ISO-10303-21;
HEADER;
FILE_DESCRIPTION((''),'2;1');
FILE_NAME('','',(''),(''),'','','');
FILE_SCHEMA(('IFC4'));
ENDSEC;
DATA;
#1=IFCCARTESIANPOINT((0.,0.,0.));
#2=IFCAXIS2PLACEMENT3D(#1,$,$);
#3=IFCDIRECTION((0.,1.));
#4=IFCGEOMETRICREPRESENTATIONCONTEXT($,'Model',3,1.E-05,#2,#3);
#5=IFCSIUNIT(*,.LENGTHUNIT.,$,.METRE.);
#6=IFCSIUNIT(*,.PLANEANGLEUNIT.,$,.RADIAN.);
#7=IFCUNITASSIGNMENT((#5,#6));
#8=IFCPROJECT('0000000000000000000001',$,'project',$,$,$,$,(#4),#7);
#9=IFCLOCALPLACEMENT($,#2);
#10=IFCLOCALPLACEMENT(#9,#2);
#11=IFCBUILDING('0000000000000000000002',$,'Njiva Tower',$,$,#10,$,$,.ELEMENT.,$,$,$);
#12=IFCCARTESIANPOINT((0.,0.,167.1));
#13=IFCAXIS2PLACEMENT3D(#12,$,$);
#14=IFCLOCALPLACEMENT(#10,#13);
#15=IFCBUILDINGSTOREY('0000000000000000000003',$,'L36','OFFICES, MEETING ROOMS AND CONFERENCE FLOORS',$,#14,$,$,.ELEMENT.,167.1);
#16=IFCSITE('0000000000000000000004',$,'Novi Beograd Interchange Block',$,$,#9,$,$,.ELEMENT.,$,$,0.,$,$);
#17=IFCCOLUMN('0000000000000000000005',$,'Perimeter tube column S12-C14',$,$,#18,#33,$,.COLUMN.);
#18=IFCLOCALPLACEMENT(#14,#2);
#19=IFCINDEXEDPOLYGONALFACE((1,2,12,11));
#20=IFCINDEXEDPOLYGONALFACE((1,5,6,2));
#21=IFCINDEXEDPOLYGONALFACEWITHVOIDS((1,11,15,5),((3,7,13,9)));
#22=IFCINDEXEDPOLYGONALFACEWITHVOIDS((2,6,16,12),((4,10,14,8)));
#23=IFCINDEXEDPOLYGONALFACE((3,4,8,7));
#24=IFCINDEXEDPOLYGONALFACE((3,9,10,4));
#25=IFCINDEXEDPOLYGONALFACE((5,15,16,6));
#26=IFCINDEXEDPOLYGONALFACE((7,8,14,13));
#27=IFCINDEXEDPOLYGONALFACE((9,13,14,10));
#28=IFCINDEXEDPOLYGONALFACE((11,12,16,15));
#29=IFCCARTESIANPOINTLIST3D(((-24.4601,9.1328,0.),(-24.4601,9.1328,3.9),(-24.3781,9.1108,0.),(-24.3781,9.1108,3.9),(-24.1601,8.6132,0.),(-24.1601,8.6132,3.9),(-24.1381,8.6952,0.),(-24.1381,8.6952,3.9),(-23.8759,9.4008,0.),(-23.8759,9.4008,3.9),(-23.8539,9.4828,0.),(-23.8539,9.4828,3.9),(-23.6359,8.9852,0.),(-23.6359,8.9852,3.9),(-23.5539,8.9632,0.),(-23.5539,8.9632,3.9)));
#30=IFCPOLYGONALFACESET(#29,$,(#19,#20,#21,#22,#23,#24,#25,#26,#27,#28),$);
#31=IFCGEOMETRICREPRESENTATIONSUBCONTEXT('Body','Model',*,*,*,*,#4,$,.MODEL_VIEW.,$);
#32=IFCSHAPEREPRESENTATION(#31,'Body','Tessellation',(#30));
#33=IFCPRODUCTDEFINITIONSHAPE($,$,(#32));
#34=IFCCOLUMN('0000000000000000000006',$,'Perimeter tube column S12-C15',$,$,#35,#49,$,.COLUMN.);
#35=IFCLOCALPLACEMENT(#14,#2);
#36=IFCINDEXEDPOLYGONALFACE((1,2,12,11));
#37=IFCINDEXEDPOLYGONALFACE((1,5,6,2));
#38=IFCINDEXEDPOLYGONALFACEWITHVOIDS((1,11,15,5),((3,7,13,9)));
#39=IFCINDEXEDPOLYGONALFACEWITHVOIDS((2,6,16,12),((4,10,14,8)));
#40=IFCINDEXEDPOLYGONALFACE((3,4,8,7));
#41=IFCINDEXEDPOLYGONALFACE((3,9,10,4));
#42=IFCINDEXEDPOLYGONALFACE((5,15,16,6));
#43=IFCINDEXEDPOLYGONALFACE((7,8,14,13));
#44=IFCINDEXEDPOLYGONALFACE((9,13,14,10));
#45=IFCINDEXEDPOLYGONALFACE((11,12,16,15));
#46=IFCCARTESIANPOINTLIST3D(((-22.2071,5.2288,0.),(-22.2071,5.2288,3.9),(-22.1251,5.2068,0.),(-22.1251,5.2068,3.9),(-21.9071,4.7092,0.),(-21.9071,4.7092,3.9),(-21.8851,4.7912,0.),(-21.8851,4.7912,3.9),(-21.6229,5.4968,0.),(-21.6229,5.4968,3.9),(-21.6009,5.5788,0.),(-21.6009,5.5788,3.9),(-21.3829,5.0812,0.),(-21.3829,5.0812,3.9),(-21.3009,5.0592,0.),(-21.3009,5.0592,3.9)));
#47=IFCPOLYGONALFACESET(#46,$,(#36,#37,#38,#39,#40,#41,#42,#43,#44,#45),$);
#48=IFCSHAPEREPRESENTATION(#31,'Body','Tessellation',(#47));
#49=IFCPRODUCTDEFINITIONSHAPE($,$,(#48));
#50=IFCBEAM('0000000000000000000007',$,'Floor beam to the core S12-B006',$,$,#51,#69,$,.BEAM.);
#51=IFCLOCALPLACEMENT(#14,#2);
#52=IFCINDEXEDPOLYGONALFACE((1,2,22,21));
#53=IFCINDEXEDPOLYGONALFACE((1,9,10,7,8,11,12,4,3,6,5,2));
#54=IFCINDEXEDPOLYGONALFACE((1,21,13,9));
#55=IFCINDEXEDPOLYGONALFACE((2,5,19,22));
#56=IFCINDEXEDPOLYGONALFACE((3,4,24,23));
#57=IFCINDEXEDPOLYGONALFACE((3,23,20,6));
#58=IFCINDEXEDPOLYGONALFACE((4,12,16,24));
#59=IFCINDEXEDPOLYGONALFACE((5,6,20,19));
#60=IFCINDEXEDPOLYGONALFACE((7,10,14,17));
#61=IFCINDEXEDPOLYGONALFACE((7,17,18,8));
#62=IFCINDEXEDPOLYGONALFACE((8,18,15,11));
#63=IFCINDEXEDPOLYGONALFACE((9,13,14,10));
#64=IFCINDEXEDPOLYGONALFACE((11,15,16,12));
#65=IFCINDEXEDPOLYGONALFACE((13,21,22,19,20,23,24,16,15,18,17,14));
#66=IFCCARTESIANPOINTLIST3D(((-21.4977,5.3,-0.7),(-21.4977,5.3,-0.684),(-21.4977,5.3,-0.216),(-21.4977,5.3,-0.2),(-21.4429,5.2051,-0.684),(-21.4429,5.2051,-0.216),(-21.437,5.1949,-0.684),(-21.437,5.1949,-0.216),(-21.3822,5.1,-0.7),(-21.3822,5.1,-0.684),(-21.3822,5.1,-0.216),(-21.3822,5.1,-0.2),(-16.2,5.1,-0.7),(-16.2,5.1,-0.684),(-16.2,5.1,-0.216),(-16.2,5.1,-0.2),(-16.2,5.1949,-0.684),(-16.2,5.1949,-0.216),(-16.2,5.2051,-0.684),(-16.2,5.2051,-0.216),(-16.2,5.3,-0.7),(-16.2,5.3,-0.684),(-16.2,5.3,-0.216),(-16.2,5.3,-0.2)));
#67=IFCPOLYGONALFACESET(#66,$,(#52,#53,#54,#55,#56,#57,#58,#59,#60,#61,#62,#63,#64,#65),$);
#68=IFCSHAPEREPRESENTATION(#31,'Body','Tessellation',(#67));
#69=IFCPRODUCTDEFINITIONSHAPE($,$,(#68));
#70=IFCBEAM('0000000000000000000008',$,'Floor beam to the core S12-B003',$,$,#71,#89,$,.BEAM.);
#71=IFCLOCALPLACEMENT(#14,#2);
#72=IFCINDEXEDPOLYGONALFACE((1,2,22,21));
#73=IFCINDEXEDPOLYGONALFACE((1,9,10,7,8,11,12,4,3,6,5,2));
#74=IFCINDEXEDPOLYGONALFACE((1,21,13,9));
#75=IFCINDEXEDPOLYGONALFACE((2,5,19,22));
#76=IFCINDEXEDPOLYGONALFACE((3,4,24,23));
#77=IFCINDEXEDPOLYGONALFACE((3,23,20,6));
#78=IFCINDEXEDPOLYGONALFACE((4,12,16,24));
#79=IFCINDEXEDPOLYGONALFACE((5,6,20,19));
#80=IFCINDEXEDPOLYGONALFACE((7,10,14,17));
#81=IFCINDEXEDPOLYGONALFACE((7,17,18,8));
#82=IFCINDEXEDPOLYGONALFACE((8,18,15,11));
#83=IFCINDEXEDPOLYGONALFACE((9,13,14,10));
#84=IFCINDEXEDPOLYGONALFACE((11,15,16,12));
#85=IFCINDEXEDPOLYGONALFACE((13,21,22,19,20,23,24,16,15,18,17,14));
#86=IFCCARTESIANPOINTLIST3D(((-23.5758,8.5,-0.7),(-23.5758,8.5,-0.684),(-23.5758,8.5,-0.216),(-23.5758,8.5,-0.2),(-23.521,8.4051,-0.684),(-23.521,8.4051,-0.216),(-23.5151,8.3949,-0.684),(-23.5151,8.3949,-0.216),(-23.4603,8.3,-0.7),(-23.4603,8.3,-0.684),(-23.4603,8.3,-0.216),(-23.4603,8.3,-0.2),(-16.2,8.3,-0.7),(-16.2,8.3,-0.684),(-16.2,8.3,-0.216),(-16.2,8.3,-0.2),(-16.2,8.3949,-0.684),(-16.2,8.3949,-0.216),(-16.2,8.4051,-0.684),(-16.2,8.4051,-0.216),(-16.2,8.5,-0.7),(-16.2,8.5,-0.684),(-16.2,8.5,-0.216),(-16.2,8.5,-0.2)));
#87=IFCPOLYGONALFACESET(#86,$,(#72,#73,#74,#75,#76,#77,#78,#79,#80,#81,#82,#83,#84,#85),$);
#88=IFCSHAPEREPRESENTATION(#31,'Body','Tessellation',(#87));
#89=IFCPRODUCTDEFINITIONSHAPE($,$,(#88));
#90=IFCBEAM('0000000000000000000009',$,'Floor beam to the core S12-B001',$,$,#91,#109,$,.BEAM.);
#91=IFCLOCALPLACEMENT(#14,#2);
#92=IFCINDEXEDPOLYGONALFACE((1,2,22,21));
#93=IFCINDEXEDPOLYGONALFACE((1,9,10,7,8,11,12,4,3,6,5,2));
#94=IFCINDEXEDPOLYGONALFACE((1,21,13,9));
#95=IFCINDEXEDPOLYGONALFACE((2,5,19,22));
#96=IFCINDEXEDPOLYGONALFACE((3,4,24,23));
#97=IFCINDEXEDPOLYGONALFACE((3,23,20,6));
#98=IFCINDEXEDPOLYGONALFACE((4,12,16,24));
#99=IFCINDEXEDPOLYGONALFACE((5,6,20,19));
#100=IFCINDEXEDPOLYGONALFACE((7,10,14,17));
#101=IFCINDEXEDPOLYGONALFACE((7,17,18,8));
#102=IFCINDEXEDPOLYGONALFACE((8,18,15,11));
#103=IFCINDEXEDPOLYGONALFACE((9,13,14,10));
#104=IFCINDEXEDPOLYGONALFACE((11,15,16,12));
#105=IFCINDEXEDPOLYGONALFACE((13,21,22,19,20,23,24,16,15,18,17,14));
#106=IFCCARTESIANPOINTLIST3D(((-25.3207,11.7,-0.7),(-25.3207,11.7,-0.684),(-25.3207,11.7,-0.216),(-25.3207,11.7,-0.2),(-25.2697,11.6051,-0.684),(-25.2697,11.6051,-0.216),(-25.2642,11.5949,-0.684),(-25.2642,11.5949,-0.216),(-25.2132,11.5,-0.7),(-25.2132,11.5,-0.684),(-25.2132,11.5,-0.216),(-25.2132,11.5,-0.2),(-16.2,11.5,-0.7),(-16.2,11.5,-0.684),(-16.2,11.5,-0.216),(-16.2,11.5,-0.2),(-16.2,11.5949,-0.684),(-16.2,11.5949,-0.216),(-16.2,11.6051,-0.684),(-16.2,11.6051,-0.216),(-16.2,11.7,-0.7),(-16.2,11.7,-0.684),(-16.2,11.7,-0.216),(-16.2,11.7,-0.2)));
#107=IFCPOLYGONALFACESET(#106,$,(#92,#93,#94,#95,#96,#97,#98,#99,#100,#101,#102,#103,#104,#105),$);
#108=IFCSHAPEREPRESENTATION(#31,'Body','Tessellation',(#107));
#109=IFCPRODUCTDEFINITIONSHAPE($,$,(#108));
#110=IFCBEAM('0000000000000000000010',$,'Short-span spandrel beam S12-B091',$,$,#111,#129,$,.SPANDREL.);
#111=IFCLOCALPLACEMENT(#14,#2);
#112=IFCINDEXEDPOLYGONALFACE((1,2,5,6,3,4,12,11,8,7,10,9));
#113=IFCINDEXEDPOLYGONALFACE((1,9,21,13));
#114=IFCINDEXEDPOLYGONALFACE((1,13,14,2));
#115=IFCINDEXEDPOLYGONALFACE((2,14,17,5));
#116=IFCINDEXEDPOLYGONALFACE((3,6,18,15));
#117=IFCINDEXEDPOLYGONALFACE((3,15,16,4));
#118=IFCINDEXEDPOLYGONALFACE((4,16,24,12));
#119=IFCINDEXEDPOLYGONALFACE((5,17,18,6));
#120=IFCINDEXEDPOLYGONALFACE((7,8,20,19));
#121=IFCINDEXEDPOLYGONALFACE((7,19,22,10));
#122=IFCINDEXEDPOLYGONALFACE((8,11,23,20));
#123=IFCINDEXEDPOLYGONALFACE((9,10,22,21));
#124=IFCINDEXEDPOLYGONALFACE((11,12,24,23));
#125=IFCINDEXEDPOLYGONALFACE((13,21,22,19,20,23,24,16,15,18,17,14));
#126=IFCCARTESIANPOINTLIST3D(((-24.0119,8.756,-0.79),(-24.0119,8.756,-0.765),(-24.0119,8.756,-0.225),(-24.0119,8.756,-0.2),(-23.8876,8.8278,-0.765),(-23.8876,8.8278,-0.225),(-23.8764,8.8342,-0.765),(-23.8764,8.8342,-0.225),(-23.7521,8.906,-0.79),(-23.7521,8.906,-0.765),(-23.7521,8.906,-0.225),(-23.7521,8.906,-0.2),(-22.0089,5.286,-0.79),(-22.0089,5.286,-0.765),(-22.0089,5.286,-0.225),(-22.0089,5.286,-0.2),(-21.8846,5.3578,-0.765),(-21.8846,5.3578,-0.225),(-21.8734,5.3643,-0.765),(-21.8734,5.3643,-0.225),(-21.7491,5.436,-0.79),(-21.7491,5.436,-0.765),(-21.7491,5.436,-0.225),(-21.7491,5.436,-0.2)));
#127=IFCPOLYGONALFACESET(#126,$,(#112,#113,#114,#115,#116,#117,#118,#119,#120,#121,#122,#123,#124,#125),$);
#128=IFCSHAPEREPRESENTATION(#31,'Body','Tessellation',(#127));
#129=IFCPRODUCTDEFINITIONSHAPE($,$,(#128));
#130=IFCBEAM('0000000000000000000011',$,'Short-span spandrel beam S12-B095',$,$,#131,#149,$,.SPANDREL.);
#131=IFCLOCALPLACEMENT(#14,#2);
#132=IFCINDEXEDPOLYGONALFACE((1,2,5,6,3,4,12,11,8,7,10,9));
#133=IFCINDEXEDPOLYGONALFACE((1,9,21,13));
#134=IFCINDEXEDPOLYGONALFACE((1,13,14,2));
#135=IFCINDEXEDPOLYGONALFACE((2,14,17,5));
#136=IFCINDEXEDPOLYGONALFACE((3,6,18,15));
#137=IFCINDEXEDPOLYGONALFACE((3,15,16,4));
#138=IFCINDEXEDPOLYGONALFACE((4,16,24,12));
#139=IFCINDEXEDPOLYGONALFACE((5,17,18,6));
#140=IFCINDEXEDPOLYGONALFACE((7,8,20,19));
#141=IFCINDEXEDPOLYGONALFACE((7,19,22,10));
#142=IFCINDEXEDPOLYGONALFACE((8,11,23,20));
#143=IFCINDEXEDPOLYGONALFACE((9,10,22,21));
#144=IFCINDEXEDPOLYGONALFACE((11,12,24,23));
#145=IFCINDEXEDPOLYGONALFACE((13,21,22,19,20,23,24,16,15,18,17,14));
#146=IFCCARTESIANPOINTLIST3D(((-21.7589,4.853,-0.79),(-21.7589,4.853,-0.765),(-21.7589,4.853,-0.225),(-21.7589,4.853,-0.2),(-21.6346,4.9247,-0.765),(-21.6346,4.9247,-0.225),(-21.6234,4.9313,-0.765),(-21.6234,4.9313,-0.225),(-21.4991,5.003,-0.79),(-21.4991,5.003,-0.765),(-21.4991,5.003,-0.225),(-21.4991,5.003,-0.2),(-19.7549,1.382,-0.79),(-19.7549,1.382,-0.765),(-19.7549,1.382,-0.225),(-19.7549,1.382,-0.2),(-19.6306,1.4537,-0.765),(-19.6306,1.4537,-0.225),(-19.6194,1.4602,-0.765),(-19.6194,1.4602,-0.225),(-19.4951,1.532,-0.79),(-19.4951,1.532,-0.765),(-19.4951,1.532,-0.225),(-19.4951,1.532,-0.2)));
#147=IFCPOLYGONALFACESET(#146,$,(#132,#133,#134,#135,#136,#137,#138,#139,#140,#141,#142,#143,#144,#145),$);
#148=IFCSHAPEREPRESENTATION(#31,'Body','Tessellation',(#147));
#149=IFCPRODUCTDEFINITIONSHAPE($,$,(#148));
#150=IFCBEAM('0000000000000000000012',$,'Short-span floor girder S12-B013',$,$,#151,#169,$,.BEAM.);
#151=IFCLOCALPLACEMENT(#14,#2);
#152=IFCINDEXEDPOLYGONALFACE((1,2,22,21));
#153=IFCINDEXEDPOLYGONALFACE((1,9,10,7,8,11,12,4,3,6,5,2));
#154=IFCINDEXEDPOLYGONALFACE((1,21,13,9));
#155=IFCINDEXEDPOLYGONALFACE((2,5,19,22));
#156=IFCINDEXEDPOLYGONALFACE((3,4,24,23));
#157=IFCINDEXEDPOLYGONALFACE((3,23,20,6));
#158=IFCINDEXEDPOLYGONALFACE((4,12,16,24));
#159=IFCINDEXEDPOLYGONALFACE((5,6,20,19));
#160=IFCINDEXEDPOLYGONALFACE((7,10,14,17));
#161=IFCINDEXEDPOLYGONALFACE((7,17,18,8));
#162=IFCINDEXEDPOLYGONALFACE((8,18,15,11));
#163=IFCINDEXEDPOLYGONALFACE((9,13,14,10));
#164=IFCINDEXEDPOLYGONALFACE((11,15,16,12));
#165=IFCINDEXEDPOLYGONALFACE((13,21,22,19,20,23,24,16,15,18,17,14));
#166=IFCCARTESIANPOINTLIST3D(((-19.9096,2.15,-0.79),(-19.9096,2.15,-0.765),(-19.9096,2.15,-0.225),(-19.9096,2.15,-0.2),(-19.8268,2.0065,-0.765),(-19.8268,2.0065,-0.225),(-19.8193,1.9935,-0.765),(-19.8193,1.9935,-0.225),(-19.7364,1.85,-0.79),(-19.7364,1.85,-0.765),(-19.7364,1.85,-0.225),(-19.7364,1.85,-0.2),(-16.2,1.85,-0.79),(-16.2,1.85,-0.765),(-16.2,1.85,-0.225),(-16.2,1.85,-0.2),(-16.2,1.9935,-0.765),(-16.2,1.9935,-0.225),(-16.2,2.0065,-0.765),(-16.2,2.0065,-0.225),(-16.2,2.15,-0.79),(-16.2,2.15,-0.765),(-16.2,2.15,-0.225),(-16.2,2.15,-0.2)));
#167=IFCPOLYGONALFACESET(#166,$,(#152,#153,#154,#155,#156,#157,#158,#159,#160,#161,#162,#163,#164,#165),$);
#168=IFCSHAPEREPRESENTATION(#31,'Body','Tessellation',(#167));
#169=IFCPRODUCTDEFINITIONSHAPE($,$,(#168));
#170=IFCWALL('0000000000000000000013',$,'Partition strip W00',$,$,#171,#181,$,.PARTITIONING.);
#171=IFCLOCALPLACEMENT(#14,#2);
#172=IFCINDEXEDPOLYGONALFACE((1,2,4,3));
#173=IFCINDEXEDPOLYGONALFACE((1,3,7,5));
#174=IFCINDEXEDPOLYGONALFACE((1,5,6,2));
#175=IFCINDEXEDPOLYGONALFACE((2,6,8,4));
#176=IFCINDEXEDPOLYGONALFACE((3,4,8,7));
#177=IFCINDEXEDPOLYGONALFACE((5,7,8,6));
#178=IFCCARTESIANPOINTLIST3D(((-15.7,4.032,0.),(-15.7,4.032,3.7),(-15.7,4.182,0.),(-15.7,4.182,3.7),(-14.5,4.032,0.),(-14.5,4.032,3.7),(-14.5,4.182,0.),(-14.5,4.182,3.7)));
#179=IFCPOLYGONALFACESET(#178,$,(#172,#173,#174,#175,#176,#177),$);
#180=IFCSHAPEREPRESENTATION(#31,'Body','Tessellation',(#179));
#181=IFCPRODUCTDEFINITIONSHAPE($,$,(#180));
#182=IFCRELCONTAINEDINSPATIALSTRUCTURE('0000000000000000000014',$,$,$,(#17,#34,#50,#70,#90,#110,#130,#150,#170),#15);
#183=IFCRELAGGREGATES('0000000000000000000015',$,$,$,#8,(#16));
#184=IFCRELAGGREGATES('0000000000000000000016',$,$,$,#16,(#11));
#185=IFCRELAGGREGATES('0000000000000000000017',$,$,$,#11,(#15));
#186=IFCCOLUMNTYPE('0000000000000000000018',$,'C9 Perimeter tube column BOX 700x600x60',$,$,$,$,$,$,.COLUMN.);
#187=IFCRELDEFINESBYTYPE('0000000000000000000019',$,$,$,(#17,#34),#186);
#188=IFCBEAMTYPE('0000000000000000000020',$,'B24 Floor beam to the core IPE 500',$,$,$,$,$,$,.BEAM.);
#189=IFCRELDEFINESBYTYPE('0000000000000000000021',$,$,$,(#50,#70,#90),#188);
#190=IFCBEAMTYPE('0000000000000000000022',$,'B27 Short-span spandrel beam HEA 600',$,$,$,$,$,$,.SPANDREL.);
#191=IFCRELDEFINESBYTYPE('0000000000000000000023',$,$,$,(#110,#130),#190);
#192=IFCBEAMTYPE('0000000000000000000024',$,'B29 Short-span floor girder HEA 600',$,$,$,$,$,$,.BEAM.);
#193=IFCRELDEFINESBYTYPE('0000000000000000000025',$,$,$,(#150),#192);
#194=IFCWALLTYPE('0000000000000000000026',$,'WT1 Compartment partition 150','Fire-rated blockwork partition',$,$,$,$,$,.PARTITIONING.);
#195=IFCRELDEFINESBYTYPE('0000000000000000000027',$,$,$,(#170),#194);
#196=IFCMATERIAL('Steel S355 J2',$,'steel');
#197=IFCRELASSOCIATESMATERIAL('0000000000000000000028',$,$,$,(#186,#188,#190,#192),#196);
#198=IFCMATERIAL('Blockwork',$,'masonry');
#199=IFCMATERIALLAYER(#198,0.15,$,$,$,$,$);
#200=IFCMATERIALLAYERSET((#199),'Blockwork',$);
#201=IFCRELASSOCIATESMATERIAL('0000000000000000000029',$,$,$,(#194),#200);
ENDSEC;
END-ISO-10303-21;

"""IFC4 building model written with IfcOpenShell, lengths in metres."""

from ifc_helpers import new_model, si_unit, direction, frame, frame_2d, origin, origin_2d, place, context, subcontext, project, spatial, rectangle, hollow_rectangle, i_section, extrude, clip, halfspace, material, layer, layer_set, material_profile, profile_set, type_object, element, save


model = new_model("IFC4")

# Units and contexts
model_context = context("Model", 3, precision=1e-05, world=origin(), true_north=direction((0.0, 1.0)))
body_context = subcontext(model_context, "Body", "Model", "MODEL_VIEW")
ifc_project = project(units=[si_unit("LENGTHUNIT", "METRE"), si_unit("PLANEANGLEUNIT", "RADIAN")], contexts=[model_context])

# Site, building, storey
site_placement = place(None, origin())
site = spatial("IfcSite", under=ifc_project, at=site_placement, Name="Novi Beograd Interchange Block", CompositionType="ELEMENT", RefElevation=0.0)
building_placement = place(site_placement, origin())
building = spatial("IfcBuilding", under=site, at=building_placement, Name="Njiva Tower", CompositionType="ELEMENT")
storey_placement = place(building_placement, frame((0.0, 0.0, 167.1)))
storey = spatial("IfcBuildingStorey", under=building, at=storey_placement, Name="L36", Description="OFFICES, MEETING ROOMS AND CONFERENCE FLOORS", CompositionType="ELEMENT", Elevation=167.1)

# Columns
ifc_material_1 = material(Name="Steel S355 J2", Category="steel")
ifc_material_profile_1 = material_profile(ifc_material_1, hollow_rectangle(XDim=0.6, YDim=0.7, WallThickness=0.06, at=origin_2d()), Name="BOX 700x600x60")
ifc_profile_set_1 = profile_set([ifc_material_profile_1], Name="Steel S355 J2")
column_type = type_object("IfcColumnType", Name="C9 Perimeter tube column BOX 700x600x60", PredefinedType="COLUMN", material=ifc_profile_set_1)
for number, where, z_axis, x_axis, name in (
    (1, (-24.007, 9.048, 0.0), (0.0, 0.0, 1.0), (0.5, -0.866025, 0.0), "Perimeter tube column S12-C14"),
    (2, (-21.754, 5.144, 0.0), (0.0, 0.0, 1.0), (0.5, -0.866025, 0.0), "Perimeter tube column S12-C15"),
):
    element("IfcColumn", number, at=place(storey_placement, frame(where, z_axis=z_axis, x_axis=x_axis)), inside=storey, type_object=column_type, Name=name, PredefinedType="COLUMN", context=body_context, shape_type="SweptSolid", body=[
        extrude(hollow_rectangle(XDim=0.6, YDim=0.7, WallThickness=0.06, at=origin_2d()), origin(), (0.0, 0.0, 1.0), 3.9),
    ])

# Beams
ifc_material_profile_2 = material_profile(ifc_material_1, i_section(OverallWidth=0.2, OverallDepth=0.5, WebThickness=0.0102, FlangeThickness=0.016, at=origin_2d()), Name="IPE 500")
ifc_profile_set_2 = profile_set([ifc_material_profile_2], Name="Steel S355 J2")
beam_type_1 = type_object("IfcBeamType", Name="B24 Floor beam to the core IPE 500", PredefinedType="BEAM", material=ifc_profile_set_2)
beam_1_placement = place(storey_placement, frame((-21.518, 5.2, -0.45), z_axis=(1.0, 0.0, 0.0), x_axis=(0.0, 1.0, 0.0)))
element("IfcBeam", 3, at=beam_1_placement, inside=storey, type_object=beam_type_1, Name="Floor beam to the core S12-B006", PredefinedType="BEAM", context=body_context, shape_type="Clipping", body=[
    clip(extrude(i_section(OverallWidth=0.2, OverallDepth=0.5, WebThickness=0.0102, FlangeThickness=0.016, at=origin_2d()), origin(), (0.0, 0.0, 1.0), 5.318), halfspace(frame((-0.025, 0.0, 0.0925), z_axis=(-0.499998, 0.0, -0.866027), x_axis=(0.0, -1.0, 0.0)), False)),
])
beam_2_placement = place(storey_placement, frame((-23.596, 8.4, -0.45), z_axis=(1.0, 0.0, 0.0), x_axis=(0.0, 1.0, 0.0)))
element("IfcBeam", 4, at=beam_2_placement, inside=storey, type_object=beam_type_1, Name="Floor beam to the core S12-B003", PredefinedType="BEAM", context=body_context, shape_type="Clipping", body=[
    clip(extrude(i_section(OverallWidth=0.2, OverallDepth=0.5, WebThickness=0.0102, FlangeThickness=0.016, at=origin_2d()), origin(), (0.0, 0.0, 1.0), 7.396), halfspace(frame((-0.025, 0.0, 0.0924), z_axis=(-0.499998, 0.0, -0.866027), x_axis=(0.0, -1.0, 0.0)), False)),
])
beam_3_placement = place(storey_placement, frame((-25.341, 11.6, -0.45), z_axis=(1.0, 0.0, 0.0), x_axis=(0.0, 1.0, 0.0)))
element("IfcBeam", 5, at=beam_3_placement, inside=storey, type_object=beam_type_1, Name="Floor beam to the core S12-B001", PredefinedType="BEAM", context=body_context, shape_type="Clipping", body=[
    clip(extrude(i_section(OverallWidth=0.2, OverallDepth=0.5, WebThickness=0.0102, FlangeThickness=0.016, at=origin_2d()), origin(), (0.0, 0.0, 1.0), 9.141), halfspace(frame((-0.0237, 0.0, 0.0868), z_axis=(-0.473769, 0.0, -0.880649), x_axis=(0.0, -1.0, 0.0)), False)),
])
ifc_material_profile_3 = material_profile(ifc_material_1, i_section(OverallWidth=0.3, OverallDepth=0.59, WebThickness=0.013, FlangeThickness=0.025, at=origin_2d()), Name="HEA 600")
ifc_profile_set_3 = profile_set([ifc_material_profile_3], Name="Steel S355 J2")
beam_type_2 = type_object("IfcBeamType", Name="B27 Short-span spandrel beam HEA 600", PredefinedType="SPANDREL", material=ifc_profile_set_3)
beam_4_placement = place(storey_placement, frame((-23.882, 8.831, -0.495), z_axis=(0.499924, -0.866069, 0.0), x_axis=(0.866069, 0.499924, 0.0)))
element("IfcBeam", 6, at=beam_4_placement, inside=storey, type_object=beam_type_2, Name="Short-span spandrel beam S12-B091", PredefinedType="SPANDREL", context=body_context, shape_type="SweptSolid", body=[
    extrude(i_section(OverallWidth=0.3, OverallDepth=0.59, WebThickness=0.013, FlangeThickness=0.025, at=origin_2d()), origin(), (0.0, 0.0, 1.0), 4.0066),
])
beam_5_placement = place(storey_placement, frame((-21.629, 4.928, -0.495), z_axis=(0.500003, -0.866024, 0.0), x_axis=(0.866024, 0.500003, 0.0)))
element("IfcBeam", 7, at=beam_5_placement, inside=storey, type_object=beam_type_2, Name="Short-span spandrel beam S12-B095", PredefinedType="SPANDREL", context=body_context, shape_type="SweptSolid", body=[
    extrude(i_section(OverallWidth=0.3, OverallDepth=0.59, WebThickness=0.013, FlangeThickness=0.025, at=origin_2d()), origin(), (0.0, 0.0, 1.0), 4.008),
])
ifc_material_profile_4 = material_profile(ifc_material_1, i_section(OverallWidth=0.3, OverallDepth=0.59, WebThickness=0.013, FlangeThickness=0.025, at=origin_2d()), Name="HEA 600")
ifc_profile_set_4 = profile_set([ifc_material_profile_4], Name="Steel S355 J2")
beam_type_3 = type_object("IfcBeamType", Name="B29 Short-span floor girder HEA 600", PredefinedType="BEAM", material=ifc_profile_set_4)
beam_6_placement = place(storey_placement, frame((-19.93, 2.0, -0.495), z_axis=(1.0, 0.0, 0.0), x_axis=(0.0, 1.0, 0.0)))
element("IfcBeam", 8, at=beam_6_placement, inside=storey, type_object=beam_type_3, Name="Short-span floor girder S12-B013", PredefinedType="BEAM", context=body_context, shape_type="Clipping", body=[
    clip(extrude(i_section(OverallWidth=0.3, OverallDepth=0.59, WebThickness=0.013, FlangeThickness=0.025, at=origin_2d()), origin(), (0.0, 0.0, 1.0), 3.73), halfspace(frame((-0.025, 0.0, 0.1214), z_axis=(-0.499998, 0.0, -0.866027), x_axis=(0.0, -1.0, 0.0)), False)),
])

# Wall
ifc_material_2 = material(Name="Blockwork", Category="masonry")
ifc_layer_1 = layer(ifc_material_2, 0.15)
ifc_layer_set_1 = layer_set([ifc_layer_1], Name="Blockwork")
wall_type_1 = type_object("IfcWallType", Name="WT1 Compartment partition 150", Description="Fire-rated blockwork partition", PredefinedType="PARTITIONING", material=ifc_layer_set_1)
wall_1_placement = place(storey_placement, frame((-15.7, 4.107, 0.0), z_axis=(0.0, 0.0, 1.0), x_axis=(1.0, 0.0, 0.0)))
element("IfcWall", 9, at=wall_1_placement, inside=storey, type_object=wall_type_1, Name="Partition strip W00", PredefinedType="PARTITIONING", context=body_context, shape_type="SweptSolid", body=[
    extrude(rectangle(XDim=1.2, YDim=0.15, at=frame_2d((0.6, 0.0))), origin(), (0.0, 0.0, 1.0), 3.7),
])

save(model, "model.ifc")
